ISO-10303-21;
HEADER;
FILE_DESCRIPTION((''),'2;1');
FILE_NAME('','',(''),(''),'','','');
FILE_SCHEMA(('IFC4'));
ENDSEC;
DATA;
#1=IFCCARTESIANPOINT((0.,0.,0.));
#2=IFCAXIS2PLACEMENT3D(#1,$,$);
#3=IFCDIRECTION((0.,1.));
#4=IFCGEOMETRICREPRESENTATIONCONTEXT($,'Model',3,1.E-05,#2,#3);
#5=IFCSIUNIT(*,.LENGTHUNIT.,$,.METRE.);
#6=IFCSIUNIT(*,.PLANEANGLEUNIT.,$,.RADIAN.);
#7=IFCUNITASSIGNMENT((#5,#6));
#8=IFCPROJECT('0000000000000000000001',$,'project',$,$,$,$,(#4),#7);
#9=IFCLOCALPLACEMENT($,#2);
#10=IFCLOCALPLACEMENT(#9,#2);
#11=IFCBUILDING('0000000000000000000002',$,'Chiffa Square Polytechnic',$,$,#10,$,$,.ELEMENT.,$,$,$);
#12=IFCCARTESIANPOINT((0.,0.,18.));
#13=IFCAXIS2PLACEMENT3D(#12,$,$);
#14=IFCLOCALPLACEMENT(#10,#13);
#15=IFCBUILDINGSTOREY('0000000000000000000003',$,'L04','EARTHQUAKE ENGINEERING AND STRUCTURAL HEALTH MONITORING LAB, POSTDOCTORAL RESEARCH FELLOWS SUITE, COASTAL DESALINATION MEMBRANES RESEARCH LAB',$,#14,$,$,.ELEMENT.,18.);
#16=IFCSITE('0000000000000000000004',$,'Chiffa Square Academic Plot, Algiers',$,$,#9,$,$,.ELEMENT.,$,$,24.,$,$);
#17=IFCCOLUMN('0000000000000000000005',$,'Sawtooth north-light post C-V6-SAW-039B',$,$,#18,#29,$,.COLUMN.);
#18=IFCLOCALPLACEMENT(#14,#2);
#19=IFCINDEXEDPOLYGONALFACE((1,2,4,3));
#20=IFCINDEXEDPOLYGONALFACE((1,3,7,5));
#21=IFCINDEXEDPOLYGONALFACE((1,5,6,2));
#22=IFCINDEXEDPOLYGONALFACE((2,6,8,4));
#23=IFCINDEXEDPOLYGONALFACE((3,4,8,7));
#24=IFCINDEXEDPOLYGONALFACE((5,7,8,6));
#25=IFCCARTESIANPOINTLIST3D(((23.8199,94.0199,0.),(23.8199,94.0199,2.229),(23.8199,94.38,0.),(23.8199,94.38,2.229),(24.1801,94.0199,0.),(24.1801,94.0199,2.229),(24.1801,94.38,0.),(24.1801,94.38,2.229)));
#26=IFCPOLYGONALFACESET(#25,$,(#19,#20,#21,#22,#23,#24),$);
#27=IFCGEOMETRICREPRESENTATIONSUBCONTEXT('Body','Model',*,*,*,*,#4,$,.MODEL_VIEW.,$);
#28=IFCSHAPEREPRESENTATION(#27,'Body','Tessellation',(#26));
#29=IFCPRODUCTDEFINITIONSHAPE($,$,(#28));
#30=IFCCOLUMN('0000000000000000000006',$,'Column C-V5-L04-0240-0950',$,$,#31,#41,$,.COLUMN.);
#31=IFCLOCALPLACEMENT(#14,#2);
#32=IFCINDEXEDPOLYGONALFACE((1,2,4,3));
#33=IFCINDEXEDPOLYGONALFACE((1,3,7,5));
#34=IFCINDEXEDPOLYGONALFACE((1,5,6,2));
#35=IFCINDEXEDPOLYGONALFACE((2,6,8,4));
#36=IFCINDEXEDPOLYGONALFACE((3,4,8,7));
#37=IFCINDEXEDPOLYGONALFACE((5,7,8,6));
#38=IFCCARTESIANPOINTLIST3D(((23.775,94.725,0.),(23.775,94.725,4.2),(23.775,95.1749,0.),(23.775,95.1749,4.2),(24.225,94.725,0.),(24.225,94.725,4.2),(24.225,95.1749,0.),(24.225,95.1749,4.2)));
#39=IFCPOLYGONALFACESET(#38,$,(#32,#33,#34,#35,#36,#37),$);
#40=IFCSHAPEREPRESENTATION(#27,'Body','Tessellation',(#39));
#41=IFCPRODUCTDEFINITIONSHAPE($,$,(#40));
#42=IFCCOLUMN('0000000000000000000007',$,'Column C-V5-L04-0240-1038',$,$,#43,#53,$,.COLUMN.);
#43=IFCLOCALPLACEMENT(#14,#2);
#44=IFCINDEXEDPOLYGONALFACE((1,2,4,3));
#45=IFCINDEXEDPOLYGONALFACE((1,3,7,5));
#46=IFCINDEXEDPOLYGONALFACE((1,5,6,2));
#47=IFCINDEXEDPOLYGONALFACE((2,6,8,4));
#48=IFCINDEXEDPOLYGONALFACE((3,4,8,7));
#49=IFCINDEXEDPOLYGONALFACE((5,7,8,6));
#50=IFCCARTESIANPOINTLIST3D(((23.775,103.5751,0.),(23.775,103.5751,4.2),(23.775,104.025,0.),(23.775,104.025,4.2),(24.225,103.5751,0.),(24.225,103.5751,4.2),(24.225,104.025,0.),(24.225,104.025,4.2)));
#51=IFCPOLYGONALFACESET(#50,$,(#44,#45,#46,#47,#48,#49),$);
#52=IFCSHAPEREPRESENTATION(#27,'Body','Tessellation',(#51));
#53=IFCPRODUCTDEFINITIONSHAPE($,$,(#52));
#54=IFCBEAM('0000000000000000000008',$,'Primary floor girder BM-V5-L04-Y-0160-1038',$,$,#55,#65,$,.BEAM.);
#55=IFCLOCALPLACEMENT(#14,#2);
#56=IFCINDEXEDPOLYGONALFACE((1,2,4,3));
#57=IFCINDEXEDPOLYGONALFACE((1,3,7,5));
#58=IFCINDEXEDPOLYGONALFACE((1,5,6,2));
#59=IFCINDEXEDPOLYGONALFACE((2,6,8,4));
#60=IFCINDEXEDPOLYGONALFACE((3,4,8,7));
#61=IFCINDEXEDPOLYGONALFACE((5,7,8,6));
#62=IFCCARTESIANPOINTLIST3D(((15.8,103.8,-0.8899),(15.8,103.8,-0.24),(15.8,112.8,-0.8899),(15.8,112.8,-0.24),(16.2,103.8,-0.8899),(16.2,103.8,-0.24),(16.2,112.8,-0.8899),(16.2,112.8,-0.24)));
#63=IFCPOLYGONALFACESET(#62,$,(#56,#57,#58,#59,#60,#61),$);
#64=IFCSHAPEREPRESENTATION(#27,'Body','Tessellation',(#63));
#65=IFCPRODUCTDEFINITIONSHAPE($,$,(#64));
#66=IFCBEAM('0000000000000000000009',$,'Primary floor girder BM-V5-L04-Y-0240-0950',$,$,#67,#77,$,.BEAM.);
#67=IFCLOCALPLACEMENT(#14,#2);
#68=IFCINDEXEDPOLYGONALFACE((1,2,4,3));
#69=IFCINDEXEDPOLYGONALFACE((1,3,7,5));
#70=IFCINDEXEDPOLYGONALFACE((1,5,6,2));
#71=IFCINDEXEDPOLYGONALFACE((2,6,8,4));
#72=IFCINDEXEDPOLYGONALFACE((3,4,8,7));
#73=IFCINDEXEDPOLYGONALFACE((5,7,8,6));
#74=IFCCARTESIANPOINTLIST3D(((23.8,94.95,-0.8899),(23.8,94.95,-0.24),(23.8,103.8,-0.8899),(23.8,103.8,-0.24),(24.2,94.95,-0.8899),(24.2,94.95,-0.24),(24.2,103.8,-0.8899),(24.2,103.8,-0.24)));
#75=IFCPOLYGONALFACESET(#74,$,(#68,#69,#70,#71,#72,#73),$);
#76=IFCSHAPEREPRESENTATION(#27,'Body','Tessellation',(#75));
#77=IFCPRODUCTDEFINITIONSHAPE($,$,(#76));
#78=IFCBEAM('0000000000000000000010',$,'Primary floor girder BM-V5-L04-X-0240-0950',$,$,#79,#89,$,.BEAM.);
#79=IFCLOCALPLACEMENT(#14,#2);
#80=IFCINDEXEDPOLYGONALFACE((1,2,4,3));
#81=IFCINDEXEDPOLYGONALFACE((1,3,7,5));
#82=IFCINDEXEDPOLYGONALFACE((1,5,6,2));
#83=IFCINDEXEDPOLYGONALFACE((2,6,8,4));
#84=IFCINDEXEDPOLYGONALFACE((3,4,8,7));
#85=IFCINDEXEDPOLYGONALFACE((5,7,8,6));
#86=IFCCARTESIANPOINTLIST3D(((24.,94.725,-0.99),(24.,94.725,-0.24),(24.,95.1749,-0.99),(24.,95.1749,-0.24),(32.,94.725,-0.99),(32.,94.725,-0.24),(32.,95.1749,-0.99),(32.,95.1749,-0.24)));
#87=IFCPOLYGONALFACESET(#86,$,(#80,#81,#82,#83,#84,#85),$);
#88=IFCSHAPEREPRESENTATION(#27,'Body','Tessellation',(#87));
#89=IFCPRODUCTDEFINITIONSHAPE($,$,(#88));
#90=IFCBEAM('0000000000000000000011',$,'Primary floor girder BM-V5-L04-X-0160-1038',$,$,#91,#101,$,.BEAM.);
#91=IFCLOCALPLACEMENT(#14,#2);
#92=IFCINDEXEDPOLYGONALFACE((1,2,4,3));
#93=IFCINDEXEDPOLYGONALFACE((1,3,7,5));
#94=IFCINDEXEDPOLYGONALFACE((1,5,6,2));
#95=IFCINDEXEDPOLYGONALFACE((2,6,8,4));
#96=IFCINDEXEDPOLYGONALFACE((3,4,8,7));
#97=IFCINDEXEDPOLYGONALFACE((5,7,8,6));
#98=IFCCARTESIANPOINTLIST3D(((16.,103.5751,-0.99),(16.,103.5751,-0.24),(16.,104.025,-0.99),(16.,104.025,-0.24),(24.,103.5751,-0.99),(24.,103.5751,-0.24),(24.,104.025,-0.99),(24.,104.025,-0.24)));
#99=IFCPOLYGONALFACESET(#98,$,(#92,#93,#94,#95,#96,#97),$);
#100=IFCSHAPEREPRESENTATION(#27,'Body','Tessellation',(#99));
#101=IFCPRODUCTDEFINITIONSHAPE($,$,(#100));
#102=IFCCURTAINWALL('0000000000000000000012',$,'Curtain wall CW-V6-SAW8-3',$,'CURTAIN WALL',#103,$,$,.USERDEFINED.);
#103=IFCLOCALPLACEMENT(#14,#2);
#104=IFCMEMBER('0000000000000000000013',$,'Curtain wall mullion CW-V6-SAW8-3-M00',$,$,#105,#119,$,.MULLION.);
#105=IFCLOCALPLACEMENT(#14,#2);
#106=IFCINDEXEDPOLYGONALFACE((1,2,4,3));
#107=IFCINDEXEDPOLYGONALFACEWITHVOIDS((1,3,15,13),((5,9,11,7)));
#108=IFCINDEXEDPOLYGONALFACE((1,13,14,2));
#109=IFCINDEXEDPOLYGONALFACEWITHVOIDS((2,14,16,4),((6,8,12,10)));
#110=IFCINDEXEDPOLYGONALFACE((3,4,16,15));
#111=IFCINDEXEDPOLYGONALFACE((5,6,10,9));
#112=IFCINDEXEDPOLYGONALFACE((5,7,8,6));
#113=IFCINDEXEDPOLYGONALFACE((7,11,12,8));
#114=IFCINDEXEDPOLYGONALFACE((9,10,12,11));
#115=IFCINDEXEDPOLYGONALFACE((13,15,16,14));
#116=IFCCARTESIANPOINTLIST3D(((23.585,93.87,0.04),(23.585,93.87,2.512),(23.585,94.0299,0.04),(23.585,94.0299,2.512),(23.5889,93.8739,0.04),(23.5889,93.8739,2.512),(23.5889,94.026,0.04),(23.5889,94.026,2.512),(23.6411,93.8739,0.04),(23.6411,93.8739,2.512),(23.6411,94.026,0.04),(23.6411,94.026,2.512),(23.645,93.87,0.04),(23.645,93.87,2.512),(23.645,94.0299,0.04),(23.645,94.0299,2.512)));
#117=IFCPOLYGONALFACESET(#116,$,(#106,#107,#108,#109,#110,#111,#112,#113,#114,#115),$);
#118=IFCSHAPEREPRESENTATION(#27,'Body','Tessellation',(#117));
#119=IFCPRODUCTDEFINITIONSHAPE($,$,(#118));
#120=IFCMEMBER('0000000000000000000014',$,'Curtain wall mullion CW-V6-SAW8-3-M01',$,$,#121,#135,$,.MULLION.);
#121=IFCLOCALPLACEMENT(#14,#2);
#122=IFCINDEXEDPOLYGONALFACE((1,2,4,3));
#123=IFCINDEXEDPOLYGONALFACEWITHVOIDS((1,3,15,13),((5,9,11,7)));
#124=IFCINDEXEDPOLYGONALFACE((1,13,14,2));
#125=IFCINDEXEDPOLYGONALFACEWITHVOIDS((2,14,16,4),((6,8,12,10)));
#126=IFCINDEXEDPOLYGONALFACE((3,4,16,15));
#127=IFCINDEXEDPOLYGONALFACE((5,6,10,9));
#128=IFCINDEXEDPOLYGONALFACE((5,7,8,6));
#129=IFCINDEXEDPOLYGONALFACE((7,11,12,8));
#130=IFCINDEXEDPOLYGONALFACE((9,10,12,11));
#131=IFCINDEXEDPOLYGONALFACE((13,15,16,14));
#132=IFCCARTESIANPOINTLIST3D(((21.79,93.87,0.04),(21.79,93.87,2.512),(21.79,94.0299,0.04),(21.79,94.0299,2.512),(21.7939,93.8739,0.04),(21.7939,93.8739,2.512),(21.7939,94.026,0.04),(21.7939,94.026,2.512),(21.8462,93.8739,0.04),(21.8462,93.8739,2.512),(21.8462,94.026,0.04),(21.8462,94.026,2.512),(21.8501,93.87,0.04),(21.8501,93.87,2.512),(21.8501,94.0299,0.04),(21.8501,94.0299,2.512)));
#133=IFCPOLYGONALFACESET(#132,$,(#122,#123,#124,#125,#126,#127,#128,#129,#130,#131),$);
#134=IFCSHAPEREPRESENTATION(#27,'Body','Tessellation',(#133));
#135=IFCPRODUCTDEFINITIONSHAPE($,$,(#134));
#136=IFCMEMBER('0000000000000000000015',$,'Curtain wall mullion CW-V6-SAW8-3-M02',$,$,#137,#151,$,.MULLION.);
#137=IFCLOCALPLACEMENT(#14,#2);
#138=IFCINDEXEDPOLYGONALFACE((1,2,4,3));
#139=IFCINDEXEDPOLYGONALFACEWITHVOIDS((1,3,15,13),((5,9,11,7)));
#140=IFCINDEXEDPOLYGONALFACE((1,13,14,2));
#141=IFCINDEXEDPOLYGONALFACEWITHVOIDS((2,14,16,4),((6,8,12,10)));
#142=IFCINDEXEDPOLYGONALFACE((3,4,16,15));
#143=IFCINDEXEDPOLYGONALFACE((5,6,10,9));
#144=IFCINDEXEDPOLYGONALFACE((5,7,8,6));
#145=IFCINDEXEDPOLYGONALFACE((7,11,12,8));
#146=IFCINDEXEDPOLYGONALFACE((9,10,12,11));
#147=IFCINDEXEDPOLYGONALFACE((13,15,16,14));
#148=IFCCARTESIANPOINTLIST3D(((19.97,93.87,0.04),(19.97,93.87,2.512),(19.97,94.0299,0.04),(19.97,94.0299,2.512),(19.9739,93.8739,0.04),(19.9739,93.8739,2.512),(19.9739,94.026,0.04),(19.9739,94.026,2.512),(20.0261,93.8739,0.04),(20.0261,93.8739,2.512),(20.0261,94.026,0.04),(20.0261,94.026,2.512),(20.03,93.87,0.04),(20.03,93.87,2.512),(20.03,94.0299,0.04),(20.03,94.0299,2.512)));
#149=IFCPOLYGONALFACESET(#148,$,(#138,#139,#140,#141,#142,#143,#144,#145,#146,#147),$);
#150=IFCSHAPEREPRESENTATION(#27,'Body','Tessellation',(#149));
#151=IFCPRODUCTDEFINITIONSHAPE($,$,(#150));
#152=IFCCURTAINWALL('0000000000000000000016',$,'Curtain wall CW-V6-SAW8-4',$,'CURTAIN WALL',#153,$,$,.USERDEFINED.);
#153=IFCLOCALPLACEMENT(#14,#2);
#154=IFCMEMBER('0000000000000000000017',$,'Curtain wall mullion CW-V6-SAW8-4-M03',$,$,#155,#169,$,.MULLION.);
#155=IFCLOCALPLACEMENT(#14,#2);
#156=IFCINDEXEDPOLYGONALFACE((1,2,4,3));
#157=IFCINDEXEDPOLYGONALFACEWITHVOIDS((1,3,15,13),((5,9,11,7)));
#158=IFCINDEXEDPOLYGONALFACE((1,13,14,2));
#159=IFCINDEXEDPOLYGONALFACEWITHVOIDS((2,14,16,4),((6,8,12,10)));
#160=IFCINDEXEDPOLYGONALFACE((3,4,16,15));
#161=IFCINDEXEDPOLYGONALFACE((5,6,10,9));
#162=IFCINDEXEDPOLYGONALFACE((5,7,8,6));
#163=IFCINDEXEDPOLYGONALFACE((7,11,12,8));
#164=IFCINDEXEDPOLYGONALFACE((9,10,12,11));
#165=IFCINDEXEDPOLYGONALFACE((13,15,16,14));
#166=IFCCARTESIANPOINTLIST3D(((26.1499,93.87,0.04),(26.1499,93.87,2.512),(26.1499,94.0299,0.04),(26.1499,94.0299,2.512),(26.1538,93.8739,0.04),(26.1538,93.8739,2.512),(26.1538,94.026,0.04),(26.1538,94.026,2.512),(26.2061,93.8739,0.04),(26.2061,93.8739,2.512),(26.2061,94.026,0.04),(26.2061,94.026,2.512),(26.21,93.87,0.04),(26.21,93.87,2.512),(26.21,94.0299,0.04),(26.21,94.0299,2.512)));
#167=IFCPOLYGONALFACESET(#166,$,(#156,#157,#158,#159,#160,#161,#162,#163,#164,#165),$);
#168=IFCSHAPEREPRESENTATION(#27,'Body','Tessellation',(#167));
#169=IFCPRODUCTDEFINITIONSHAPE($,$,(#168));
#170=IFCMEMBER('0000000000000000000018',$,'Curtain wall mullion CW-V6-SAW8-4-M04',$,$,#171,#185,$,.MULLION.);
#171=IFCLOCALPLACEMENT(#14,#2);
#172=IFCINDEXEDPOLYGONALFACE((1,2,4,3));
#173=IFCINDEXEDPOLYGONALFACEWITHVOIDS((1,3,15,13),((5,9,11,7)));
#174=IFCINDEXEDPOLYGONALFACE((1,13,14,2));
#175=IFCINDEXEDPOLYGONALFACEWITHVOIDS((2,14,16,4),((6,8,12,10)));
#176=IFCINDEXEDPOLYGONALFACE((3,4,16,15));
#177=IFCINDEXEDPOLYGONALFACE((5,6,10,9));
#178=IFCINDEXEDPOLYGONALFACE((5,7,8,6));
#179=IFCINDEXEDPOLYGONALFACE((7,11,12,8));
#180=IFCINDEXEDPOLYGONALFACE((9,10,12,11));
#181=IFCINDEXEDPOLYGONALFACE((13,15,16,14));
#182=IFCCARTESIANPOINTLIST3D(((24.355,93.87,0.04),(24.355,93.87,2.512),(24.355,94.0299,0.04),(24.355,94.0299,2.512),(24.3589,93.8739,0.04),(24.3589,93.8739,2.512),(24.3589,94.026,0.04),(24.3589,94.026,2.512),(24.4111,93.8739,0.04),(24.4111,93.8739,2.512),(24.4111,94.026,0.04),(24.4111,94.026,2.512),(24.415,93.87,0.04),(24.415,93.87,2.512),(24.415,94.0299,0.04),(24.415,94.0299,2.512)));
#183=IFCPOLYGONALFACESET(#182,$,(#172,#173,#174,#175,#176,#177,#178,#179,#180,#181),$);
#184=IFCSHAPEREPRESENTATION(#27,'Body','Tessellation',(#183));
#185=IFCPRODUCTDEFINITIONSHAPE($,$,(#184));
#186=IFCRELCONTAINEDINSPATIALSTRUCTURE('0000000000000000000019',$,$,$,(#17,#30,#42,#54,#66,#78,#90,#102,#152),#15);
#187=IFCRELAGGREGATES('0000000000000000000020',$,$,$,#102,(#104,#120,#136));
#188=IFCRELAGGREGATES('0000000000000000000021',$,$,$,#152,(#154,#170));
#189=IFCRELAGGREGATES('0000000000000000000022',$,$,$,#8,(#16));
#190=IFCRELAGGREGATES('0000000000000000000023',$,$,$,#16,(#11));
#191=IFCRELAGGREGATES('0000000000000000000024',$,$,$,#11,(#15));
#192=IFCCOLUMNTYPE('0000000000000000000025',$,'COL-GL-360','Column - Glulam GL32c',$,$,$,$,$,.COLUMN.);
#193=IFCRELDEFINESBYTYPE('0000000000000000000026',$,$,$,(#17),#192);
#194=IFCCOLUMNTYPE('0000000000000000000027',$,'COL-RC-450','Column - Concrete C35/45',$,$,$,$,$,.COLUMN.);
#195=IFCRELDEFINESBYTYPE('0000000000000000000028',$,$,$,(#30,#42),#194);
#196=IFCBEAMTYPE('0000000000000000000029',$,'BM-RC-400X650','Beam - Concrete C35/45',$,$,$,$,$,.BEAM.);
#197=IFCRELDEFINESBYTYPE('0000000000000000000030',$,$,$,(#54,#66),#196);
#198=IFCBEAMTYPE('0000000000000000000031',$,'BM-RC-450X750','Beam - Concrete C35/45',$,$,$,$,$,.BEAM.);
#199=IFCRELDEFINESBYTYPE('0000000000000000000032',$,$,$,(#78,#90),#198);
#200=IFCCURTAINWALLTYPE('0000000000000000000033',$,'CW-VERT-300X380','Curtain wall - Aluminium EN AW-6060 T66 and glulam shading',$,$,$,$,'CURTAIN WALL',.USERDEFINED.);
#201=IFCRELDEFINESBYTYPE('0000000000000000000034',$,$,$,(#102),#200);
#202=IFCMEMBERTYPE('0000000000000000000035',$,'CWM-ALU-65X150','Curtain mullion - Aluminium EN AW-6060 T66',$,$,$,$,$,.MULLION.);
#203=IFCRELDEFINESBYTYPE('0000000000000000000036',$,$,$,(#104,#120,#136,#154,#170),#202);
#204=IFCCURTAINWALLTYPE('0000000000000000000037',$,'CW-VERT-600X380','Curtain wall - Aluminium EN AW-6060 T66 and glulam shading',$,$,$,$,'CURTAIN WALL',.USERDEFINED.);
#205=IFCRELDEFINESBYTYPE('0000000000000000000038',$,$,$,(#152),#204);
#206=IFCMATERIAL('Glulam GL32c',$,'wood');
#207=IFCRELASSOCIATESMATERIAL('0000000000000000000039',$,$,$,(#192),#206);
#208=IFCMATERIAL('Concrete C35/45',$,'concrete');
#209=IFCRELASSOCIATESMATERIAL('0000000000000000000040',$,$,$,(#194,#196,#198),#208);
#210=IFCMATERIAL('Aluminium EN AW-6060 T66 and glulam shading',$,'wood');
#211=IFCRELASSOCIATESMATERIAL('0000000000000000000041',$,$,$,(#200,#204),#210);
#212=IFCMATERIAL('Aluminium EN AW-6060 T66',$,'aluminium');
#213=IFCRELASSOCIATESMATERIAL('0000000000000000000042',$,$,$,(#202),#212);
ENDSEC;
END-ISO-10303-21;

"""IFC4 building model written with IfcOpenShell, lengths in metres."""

from ifc_helpers import new_model, si_unit, direction, frame, origin, origin_2d, place, context, subcontext, project, spatial, rectangle, hollow_rectangle, extrude, material, material_profile, profile_set, type_object, element, aggregate, save


model = new_model("IFC4")

# Units and contexts
model_context = context("Model", 3, precision=1e-05, world=origin(), true_north=direction((0.0, 1.0)))
body_context = subcontext(model_context, "Body", "Model", "MODEL_VIEW")
ifc_project = project(units=[si_unit("LENGTHUNIT", "METRE"), si_unit("PLANEANGLEUNIT", "RADIAN")], contexts=[model_context])

# Site, building, storey
site_placement = place(None, origin())
site = spatial("IfcSite", under=ifc_project, at=site_placement, Name="Chiffa Square Academic Plot, Algiers", CompositionType="ELEMENT", RefElevation=24.0)
building_placement = place(site_placement, origin())
building = spatial("IfcBuilding", under=site, at=building_placement, Name="Chiffa Square Polytechnic", CompositionType="ELEMENT")
storey_placement = place(building_placement, frame((0.0, 0.0, 18.0)))
storey = spatial("IfcBuildingStorey", under=building, at=storey_placement, Name="L04", Description="EARTHQUAKE ENGINEERING AND STRUCTURAL HEALTH MONITORING LAB, POSTDOCTORAL RESEARCH FELLOWS SUITE, COASTAL DESALINATION MEMBRANES RESEARCH LAB", CompositionType="ELEMENT", Elevation=18.0)

# Columns
ifc_material_1 = material(Name="Glulam GL32c", Category="wood")
ifc_material_profile_1 = material_profile(ifc_material_1, rectangle(XDim=0.3601, YDim=0.3601, at=origin_2d()), Name="GL32c 360x360")
ifc_profile_set_1 = profile_set([ifc_material_profile_1], Name="Glulam GL32c")
column_type_1 = type_object("IfcColumnType", Name="COL-GL-360", Description="Column - Glulam GL32c", PredefinedType="COLUMN", material=ifc_profile_set_1)
column_placement = place(storey_placement, frame((24.0, 94.2, 0.0), z_axis=(0.0, 0.0, 1.0), x_axis=(1.0, 0.0, 0.0)))
element("IfcColumn", 1, at=column_placement, inside=storey, type_object=column_type_1, Name="Sawtooth north-light post C-V6-SAW-039B", PredefinedType="COLUMN", context=body_context, shape_type="SweptSolid", body=[
    extrude(rectangle(XDim=0.3601, YDim=0.3601, at=origin_2d()), origin(), (0.0, 0.0, 1.0), 2.229),
])
ifc_material_2 = material(Name="Concrete C35/45", Category="concrete")
ifc_material_profile_2 = material_profile(ifc_material_2, rectangle(XDim=0.45, YDim=0.45, at=origin_2d()), Name="RC 450x450")
ifc_profile_set_2 = profile_set([ifc_material_profile_2], Name="Concrete C35/45")
column_type_2 = type_object("IfcColumnType", Name="COL-RC-450", Description="Column - Concrete C35/45", PredefinedType="COLUMN", material=ifc_profile_set_2)
for number, where, z_axis, x_axis, name in (
    (2, (24.0, 94.95, 0.0), (0.0, 0.0, 1.0), (1.0, 0.0, 0.0), "Column C-V5-L04-0240-0950"),
    (3, (24.0, 103.8, 0.0), (0.0, 0.0, 1.0), (1.0, 0.0, 0.0), "Column C-V5-L04-0240-1038"),
):
    element("IfcColumn", number, at=place(storey_placement, frame(where, z_axis=z_axis, x_axis=x_axis)), inside=storey, type_object=column_type_2, Name=name, PredefinedType="COLUMN", context=body_context, shape_type="SweptSolid", body=[
        extrude(rectangle(XDim=0.45, YDim=0.45, at=origin_2d()), origin(), (0.0, 0.0, 1.0), 4.2),
    ])

# Beams
ifc_material_profile_3 = material_profile(ifc_material_2, rectangle(XDim=0.3999, YDim=0.6499, at=origin_2d()), Name="RC 400x650")
ifc_profile_set_3 = profile_set([ifc_material_profile_3], Name="Concrete C35/45")
beam_type_1 = type_object("IfcBeamType", Name="BM-RC-400X650", Description="Beam - Concrete C35/45", PredefinedType="BEAM", material=ifc_profile_set_3)
beam_1_placement = place(storey_placement, frame((16.0, 103.8, -0.5649), z_axis=(0.0, 1.0, 0.0), x_axis=(-1.0, 0.0, 0.0)))
element("IfcBeam", 4, at=beam_1_placement, inside=storey, type_object=beam_type_1, Name="Primary floor girder BM-V5-L04-Y-0160-1038", PredefinedType="BEAM", context=body_context, shape_type="SweptSolid", body=[
    extrude(rectangle(XDim=0.3999, YDim=0.6499, at=origin_2d()), origin(), (0.0, 0.0, 1.0), 9.0),
])
beam_2_placement = place(storey_placement, frame((24.0, 94.95, -0.5649), z_axis=(0.0, 1.0, 0.0), x_axis=(-1.0, 0.0, 0.0)))
element("IfcBeam", 5, at=beam_2_placement, inside=storey, type_object=beam_type_1, Name="Primary floor girder BM-V5-L04-Y-0240-0950", PredefinedType="BEAM", context=body_context, shape_type="SweptSolid", body=[
    extrude(rectangle(XDim=0.3999, YDim=0.6499, at=origin_2d()), origin(), (0.0, 0.0, 1.0), 8.8501),
])
ifc_material_profile_4 = material_profile(ifc_material_2, rectangle(XDim=0.45, YDim=0.75, at=origin_2d()), Name="RC 450x750")
ifc_profile_set_4 = profile_set([ifc_material_profile_4], Name="Concrete C35/45")
beam_type_2 = type_object("IfcBeamType", Name="BM-RC-450X750", Description="Beam - Concrete C35/45", PredefinedType="BEAM", material=ifc_profile_set_4)
for number, where, z_axis, x_axis, name in (
    (6, (24.0, 94.95, -0.615), (1.0, 0.0, 0.0), (0.0, 1.0, 0.0), "Primary floor girder BM-V5-L04-X-0240-0950"),
    (7, (16.0, 103.8, -0.615), (1.0, 0.0, 0.0), (0.0, 1.0, 0.0), "Primary floor girder BM-V5-L04-X-0160-1038"),
):
    element("IfcBeam", number, at=place(storey_placement, frame(where, z_axis=z_axis, x_axis=x_axis)), inside=storey, type_object=beam_type_2, Name=name, PredefinedType="BEAM", context=body_context, shape_type="SweptSolid", body=[
        extrude(rectangle(XDim=0.45, YDim=0.75, at=origin_2d()), origin(), (0.0, 0.0, 1.0), 8.0),
    ])

# Curtain walls, members
ifc_material_3 = material(Name="Aluminium EN AW-6060 T66 and glulam shading", Category="wood")
curtain_wall_type_1 = type_object("IfcCurtainWallType", Name="CW-VERT-300X380", Description="Curtain wall - Aluminium EN AW-6060 T66 and glulam shading", ElementType="CURTAIN WALL", PredefinedType="USERDEFINED", material=ifc_material_3)
curtain_wall_1_placement = place(storey_placement, origin())
curtain_wall_1 = element("IfcCurtainWall", 8, at=curtain_wall_1_placement, inside=storey, type_object=curtain_wall_type_1, Name="Curtain wall CW-V6-SAW8-3", ObjectType="CURTAIN WALL", PredefinedType="USERDEFINED")
ifc_material_4 = material(Name="Aluminium EN AW-6060 T66", Category="aluminium")
ifc_material_profile_5 = material_profile(ifc_material_4, hollow_rectangle(XDim=0.0601, YDim=0.1599, WallThickness=0.0039, at=origin_2d()), Name="ALU 60x160x4")
ifc_profile_set_5 = profile_set([ifc_material_profile_5], Name="Aluminium EN AW-6060 T66")
member_type_1 = type_object("IfcMemberType", Name="CWM-ALU-65X150", Description="Curtain mullion - Aluminium EN AW-6060 T66", PredefinedType="MULLION", material=ifc_profile_set_5)
member_1_placement = place(storey_placement, frame((23.615, 93.95, 0.04), z_axis=(0.0, 0.0, 1.0), x_axis=(1.0, 0.0, 0.0)))
member_1 = element("IfcMember", 9, at=member_1_placement, type_object=member_type_1, Name="Curtain wall mullion CW-V6-SAW8-3-M00", PredefinedType="MULLION", context=body_context, shape_type="SweptSolid", body=[
    extrude(hollow_rectangle(XDim=0.0601, YDim=0.1599, WallThickness=0.0039, at=origin_2d()), origin(), (0.0, 0.0, 1.0), 2.4719),
])
member_2_placement = place(storey_placement, frame((21.8201, 93.95, 0.04), z_axis=(0.0, 0.0, 1.0), x_axis=(1.0, 0.0, 0.0)))
member_2 = element("IfcMember", 10, at=member_2_placement, type_object=member_type_1, Name="Curtain wall mullion CW-V6-SAW8-3-M01", PredefinedType="MULLION", context=body_context, shape_type="SweptSolid", body=[
    extrude(hollow_rectangle(XDim=0.0601, YDim=0.1599, WallThickness=0.0039, at=origin_2d()), origin(), (0.0, 0.0, 1.0), 2.4719),
])
member_3_placement = place(storey_placement, frame((20.0, 93.95, 0.04), z_axis=(0.0, 0.0, 1.0), x_axis=(1.0, 0.0, 0.0)))
member_3 = element("IfcMember", 11, at=member_3_placement, type_object=member_type_1, Name="Curtain wall mullion CW-V6-SAW8-3-M02", PredefinedType="MULLION", context=body_context, shape_type="SweptSolid", body=[
    extrude(hollow_rectangle(XDim=0.0601, YDim=0.1599, WallThickness=0.0039, at=origin_2d()), origin(), (0.0, 0.0, 1.0), 2.4719),
])
curtain_wall_type_2 = type_object("IfcCurtainWallType", Name="CW-VERT-600X380", Description="Curtain wall - Aluminium EN AW-6060 T66 and glulam shading", ElementType="CURTAIN WALL", PredefinedType="USERDEFINED", material=ifc_material_3)
curtain_wall_2_placement = place(storey_placement, origin())
curtain_wall_2 = element("IfcCurtainWall", 12, at=curtain_wall_2_placement, inside=storey, type_object=curtain_wall_type_2, Name="Curtain wall CW-V6-SAW8-4", ObjectType="CURTAIN WALL", PredefinedType="USERDEFINED")
member_4_placement = place(storey_placement, frame((26.1799, 93.95, 0.04), z_axis=(0.0, 0.0, 1.0), x_axis=(1.0, 0.0, 0.0)))
member_4 = element("IfcMember", 13, at=member_4_placement, type_object=member_type_1, Name="Curtain wall mullion CW-V6-SAW8-4-M03", PredefinedType="MULLION", context=body_context, shape_type="SweptSolid", body=[
    extrude(hollow_rectangle(XDim=0.0601, YDim=0.1599, WallThickness=0.0039, at=origin_2d()), origin(), (0.0, 0.0, 1.0), 2.4719),
])
member_5_placement = place(storey_placement, frame((24.385, 93.95, 0.04), z_axis=(0.0, 0.0, 1.0), x_axis=(1.0, 0.0, 0.0)))
member_5 = element("IfcMember", 14, at=member_5_placement, type_object=member_type_1, Name="Curtain wall mullion CW-V6-SAW8-4-M04", PredefinedType="MULLION", context=body_context, shape_type="SweptSolid", body=[
    extrude(hollow_rectangle(XDim=0.0601, YDim=0.1599, WallThickness=0.0039, at=origin_2d()), origin(), (0.0, 0.0, 1.0), 2.4719),
])

aggregate(curtain_wall_1, [member_1, member_2, member_3])
aggregate(curtain_wall_2, [member_4, member_5])

save(model, "model.ifc")
